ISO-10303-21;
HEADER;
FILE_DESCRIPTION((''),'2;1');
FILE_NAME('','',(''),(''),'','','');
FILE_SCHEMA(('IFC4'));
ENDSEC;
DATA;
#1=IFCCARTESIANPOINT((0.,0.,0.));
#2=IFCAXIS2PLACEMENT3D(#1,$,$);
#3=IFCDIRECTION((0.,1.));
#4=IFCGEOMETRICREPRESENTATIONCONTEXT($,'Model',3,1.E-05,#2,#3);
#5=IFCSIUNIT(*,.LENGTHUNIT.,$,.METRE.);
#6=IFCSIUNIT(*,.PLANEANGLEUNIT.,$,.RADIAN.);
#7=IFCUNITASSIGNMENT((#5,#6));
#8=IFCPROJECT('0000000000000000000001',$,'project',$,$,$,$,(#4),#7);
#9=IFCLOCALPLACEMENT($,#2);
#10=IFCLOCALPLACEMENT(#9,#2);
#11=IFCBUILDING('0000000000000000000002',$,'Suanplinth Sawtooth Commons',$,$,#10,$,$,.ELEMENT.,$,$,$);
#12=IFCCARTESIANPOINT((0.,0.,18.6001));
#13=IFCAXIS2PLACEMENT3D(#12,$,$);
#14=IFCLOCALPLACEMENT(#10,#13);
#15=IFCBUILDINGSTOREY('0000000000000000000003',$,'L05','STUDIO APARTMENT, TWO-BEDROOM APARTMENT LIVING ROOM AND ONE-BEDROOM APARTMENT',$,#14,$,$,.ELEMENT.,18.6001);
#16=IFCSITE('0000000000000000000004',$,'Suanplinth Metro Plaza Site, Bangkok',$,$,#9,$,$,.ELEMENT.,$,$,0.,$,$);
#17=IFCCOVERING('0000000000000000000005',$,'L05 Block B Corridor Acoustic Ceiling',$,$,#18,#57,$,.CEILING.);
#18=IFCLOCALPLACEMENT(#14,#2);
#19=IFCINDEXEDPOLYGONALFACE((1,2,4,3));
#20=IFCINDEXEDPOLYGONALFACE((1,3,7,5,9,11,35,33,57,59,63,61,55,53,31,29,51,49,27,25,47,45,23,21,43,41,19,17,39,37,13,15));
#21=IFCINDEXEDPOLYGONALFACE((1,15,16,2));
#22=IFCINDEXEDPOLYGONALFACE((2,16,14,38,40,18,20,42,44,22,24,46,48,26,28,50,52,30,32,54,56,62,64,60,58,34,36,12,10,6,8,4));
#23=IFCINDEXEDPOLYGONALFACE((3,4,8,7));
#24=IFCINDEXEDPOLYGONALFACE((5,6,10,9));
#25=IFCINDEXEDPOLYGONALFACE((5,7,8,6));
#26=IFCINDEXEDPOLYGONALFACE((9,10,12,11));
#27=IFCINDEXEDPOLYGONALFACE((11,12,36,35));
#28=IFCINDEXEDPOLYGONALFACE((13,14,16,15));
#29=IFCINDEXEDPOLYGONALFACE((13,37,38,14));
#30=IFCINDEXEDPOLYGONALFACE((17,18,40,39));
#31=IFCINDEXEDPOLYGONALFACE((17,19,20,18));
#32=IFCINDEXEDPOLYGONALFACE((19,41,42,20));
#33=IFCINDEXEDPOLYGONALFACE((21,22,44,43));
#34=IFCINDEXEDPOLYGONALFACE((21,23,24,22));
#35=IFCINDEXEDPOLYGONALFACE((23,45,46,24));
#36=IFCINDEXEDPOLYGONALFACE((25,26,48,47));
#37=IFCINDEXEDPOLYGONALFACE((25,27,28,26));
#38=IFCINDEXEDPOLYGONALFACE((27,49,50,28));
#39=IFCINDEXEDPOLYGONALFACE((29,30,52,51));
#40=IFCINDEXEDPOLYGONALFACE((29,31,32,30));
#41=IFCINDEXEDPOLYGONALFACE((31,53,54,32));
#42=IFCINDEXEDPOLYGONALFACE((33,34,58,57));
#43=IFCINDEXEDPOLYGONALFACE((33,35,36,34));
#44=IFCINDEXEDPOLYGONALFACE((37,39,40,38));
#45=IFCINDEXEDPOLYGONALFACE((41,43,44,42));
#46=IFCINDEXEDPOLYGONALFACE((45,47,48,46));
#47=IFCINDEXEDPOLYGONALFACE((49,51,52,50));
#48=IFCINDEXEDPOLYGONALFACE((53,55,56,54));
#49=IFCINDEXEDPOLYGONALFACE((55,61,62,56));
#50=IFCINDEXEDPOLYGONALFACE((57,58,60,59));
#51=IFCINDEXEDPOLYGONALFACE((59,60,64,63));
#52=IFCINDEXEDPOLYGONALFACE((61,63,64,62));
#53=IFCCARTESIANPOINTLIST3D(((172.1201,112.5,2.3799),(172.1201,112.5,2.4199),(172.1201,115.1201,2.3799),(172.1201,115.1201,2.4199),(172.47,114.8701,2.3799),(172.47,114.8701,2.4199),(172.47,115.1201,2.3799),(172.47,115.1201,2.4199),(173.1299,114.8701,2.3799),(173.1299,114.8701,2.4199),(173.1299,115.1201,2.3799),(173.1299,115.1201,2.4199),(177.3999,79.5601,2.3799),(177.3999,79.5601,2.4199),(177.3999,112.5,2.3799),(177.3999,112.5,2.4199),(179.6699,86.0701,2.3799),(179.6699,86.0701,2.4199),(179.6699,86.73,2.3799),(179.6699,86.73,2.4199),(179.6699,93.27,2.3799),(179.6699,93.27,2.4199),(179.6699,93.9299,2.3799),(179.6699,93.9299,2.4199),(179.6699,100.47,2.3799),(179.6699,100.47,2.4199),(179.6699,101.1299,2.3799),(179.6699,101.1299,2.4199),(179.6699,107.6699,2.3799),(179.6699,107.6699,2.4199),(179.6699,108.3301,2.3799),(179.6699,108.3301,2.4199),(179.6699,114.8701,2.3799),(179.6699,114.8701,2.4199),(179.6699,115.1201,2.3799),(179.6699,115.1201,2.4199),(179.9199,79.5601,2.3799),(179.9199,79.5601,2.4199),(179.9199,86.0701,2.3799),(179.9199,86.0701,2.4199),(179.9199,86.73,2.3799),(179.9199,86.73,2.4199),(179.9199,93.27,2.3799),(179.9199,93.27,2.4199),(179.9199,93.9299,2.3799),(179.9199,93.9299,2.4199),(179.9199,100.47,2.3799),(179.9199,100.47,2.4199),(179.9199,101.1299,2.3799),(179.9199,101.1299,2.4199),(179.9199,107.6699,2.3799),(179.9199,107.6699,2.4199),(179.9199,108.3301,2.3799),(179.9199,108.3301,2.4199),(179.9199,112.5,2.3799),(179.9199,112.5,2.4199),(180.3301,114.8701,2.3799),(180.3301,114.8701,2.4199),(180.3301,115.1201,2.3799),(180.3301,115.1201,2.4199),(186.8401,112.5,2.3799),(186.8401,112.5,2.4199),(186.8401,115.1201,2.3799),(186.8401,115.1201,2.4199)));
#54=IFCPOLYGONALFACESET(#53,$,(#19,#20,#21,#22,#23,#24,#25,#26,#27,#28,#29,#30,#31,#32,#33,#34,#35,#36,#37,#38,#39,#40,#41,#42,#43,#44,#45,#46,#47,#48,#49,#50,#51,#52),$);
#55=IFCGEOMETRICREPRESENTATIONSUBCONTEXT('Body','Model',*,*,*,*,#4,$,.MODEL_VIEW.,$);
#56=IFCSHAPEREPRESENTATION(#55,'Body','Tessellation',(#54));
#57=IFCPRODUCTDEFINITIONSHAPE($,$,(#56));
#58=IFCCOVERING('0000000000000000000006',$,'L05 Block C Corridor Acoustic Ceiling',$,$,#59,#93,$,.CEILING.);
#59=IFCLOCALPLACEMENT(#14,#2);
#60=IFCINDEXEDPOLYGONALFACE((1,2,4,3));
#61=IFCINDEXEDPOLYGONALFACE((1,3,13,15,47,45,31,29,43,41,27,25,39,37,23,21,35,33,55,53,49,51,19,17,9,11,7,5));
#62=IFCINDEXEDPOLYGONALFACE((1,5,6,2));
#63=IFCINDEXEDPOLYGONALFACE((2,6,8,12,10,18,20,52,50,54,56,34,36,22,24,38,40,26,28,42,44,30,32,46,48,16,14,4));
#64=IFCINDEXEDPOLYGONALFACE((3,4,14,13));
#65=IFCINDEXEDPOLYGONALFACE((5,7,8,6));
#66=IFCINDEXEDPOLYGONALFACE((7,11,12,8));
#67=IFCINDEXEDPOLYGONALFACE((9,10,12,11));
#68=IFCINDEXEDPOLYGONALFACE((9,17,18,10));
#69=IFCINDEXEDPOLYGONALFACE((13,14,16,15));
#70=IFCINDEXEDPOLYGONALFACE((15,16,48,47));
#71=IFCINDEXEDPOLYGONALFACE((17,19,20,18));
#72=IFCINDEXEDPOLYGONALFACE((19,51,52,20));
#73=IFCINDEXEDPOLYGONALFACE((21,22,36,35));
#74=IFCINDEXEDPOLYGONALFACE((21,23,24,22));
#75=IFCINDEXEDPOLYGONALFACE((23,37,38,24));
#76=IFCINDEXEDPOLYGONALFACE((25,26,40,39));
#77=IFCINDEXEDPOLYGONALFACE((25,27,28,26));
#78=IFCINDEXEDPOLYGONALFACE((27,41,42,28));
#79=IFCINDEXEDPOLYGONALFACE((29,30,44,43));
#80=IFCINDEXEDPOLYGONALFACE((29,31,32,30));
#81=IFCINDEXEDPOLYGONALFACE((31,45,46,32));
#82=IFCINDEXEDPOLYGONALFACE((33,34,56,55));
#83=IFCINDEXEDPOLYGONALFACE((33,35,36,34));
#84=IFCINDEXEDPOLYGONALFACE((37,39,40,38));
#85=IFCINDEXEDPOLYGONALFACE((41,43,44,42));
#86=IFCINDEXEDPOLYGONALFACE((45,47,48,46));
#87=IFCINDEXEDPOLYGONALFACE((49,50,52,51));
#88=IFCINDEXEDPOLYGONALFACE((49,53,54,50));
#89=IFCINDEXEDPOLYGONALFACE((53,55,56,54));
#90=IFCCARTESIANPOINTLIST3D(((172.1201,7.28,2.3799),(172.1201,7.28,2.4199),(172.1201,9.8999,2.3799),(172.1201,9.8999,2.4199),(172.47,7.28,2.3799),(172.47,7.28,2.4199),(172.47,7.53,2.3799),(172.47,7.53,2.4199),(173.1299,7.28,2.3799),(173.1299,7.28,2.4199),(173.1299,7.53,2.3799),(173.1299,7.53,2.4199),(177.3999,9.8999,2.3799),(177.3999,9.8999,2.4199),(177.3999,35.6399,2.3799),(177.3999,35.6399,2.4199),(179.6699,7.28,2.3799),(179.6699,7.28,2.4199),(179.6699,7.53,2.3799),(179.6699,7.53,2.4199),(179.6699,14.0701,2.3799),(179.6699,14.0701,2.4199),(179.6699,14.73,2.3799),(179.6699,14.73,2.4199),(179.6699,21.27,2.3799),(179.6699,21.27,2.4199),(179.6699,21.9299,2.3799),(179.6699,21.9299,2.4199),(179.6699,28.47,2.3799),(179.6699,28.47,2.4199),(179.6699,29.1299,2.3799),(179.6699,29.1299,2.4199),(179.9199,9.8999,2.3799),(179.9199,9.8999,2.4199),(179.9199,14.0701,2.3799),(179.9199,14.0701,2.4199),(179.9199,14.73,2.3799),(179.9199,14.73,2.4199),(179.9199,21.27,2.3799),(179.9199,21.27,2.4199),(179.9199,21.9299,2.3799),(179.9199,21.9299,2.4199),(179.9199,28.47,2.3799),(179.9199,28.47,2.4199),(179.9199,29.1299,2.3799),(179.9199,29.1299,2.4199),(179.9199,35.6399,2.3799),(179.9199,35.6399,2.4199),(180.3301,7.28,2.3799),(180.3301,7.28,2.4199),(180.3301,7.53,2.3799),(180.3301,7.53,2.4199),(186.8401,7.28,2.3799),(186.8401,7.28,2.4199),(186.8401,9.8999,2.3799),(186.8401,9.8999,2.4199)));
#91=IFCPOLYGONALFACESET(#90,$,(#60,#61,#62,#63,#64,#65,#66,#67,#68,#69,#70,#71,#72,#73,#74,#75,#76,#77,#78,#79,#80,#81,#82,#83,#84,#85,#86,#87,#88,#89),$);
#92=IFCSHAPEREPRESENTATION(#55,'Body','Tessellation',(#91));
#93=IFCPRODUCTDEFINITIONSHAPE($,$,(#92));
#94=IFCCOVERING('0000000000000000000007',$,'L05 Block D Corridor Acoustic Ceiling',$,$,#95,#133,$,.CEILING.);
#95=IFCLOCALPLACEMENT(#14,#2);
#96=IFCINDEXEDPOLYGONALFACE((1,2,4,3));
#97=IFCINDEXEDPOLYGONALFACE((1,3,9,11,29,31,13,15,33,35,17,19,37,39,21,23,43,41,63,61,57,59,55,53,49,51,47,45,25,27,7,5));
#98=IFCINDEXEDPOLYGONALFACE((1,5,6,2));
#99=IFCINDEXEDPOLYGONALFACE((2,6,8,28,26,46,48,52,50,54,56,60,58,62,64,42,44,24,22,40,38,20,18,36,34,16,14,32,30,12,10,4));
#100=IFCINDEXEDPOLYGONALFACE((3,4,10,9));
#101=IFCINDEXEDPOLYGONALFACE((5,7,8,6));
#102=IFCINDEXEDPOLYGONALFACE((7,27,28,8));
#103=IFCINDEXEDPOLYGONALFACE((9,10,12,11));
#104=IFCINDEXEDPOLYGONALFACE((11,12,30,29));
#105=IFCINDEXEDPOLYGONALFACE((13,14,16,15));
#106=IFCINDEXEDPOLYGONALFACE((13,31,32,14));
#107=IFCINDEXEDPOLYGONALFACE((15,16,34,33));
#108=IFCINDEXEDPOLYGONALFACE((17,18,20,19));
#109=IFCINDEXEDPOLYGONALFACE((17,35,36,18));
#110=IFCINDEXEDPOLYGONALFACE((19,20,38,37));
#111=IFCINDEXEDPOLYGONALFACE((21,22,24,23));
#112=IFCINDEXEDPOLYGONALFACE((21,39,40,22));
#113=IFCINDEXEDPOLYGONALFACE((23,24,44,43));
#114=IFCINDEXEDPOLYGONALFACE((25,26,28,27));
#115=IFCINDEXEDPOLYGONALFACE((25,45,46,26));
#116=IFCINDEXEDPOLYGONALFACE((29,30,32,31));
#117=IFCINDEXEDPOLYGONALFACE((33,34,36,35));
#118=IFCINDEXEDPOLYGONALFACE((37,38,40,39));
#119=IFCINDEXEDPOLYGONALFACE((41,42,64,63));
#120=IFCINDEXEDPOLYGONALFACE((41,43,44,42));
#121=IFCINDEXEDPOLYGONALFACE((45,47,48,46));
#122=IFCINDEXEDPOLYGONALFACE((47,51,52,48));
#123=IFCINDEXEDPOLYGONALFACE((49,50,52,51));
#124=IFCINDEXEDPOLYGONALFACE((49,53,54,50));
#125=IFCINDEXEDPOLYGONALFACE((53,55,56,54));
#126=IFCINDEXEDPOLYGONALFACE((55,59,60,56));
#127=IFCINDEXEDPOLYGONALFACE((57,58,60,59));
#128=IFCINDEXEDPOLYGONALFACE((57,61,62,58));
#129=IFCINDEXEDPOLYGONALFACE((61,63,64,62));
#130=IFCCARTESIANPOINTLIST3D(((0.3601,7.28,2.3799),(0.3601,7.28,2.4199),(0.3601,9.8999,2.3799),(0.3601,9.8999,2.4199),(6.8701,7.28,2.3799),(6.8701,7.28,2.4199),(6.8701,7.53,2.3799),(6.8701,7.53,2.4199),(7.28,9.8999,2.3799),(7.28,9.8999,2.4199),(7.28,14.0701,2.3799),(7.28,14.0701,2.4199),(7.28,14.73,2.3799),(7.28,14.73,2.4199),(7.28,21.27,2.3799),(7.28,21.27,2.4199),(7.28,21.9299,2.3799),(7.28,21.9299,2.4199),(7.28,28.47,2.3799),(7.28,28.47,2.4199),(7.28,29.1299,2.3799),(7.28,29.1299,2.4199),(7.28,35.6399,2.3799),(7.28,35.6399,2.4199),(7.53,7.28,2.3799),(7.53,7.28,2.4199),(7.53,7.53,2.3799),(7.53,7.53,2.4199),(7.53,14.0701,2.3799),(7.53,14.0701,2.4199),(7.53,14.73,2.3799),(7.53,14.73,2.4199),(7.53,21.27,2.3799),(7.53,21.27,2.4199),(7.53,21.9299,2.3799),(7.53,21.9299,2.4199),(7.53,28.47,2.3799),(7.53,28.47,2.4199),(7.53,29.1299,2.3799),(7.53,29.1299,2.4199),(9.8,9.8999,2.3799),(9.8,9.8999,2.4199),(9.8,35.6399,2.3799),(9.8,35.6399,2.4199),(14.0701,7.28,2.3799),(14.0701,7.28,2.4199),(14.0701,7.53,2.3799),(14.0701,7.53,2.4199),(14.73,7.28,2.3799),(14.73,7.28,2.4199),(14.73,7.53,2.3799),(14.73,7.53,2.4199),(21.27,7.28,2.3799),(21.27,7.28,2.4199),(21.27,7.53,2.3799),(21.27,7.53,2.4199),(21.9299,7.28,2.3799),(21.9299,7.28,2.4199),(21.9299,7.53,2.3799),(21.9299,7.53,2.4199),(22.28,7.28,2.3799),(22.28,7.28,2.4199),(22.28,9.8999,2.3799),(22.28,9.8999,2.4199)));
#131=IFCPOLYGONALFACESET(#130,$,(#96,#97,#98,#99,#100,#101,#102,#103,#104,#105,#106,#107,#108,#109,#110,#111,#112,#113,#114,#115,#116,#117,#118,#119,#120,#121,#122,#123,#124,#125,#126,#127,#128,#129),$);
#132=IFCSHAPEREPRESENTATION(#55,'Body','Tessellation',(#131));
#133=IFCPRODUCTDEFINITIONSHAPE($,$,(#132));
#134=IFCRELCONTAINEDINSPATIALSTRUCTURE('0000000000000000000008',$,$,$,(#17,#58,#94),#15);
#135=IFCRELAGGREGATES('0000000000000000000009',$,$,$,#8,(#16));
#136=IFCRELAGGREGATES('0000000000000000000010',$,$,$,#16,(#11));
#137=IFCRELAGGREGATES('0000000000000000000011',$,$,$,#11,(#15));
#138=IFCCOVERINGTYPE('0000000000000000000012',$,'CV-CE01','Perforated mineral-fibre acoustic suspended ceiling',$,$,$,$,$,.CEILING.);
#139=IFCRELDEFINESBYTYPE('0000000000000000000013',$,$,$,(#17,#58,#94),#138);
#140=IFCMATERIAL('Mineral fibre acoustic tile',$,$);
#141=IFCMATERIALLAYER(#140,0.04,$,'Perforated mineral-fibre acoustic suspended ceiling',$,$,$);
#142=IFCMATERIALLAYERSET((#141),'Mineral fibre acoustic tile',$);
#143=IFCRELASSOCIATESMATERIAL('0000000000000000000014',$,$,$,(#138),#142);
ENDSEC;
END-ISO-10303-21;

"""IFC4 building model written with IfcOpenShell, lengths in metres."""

from ifc_helpers import new_model, si_unit, direction, frame, origin, place, context, subcontext, project, spatial, polyline, outline, extrude, material, layer, layer_set, type_object, element, save


model = new_model("IFC4")

# Units and contexts
model_context = context("Model", 3, precision=1e-05, world=origin(), true_north=direction((0.0, 1.0)))
body_context = subcontext(model_context, "Body", "Model", "MODEL_VIEW")
ifc_project = project(units=[si_unit("LENGTHUNIT", "METRE"), si_unit("PLANEANGLEUNIT", "RADIAN")], contexts=[model_context])

# Site, building, storey
site_placement = place(None, origin())
site = spatial("IfcSite", under=ifc_project, at=site_placement, Name="Suanplinth Metro Plaza Site, Bangkok", CompositionType="ELEMENT", RefElevation=0.0)
building_placement = place(site_placement, origin())
building = spatial("IfcBuilding", under=site, at=building_placement, Name="Suanplinth Sawtooth Commons", CompositionType="ELEMENT")
storey_placement = place(building_placement, frame((0.0, 0.0, 18.6001)))
storey = spatial("IfcBuildingStorey", under=building, at=storey_placement, Name="L05", Description="STUDIO APARTMENT, TWO-BEDROOM APARTMENT LIVING ROOM AND ONE-BEDROOM APARTMENT", CompositionType="ELEMENT", Elevation=18.6001)

# Coverings
ifc_material_1 = material(Name="Mineral fibre acoustic tile")
ifc_layer_1 = layer(ifc_material_1, 0.04, Name="Perforated mineral-fibre acoustic suspended ceiling")
ifc_layer_set_1 = layer_set([ifc_layer_1], Name="Mineral fibre acoustic tile")
covering_type = type_object("IfcCoveringType", Name="CV-CE01", Description="Perforated mineral-fibre acoustic suspended ceiling", PredefinedType="CEILING", material=ifc_layer_set_1)
covering_1_placement = place(storey_placement, frame((0.0, 0.0, 2.3799)))
element("IfcCovering", 1, at=covering_1_placement, inside=storey, type_object=covering_type, Name="L05 Block B Corridor Acoustic Ceiling", PredefinedType="CEILING", context=body_context, shape_type="SweptSolid", body=[
    extrude(outline(polyline([(172.47, 115.1201), (172.47, 114.8701), (173.1299, 114.8701), (173.1299, 115.1201), (179.6699, 115.1201), (179.6699, 114.8701), (180.3301, 114.8701), (180.3301, 115.1201), (186.8401, 115.1201), (186.8401, 112.5), (179.9199, 112.5), (179.9199, 108.3301), (179.6699, 108.3301), (179.6699, 107.6699), (179.9199, 107.6699), (179.9199, 101.1299), (179.6699, 101.1299), (179.6699, 100.47), (179.9199, 100.47), (179.9199, 93.9299), (179.6699, 93.9299), (179.6699, 93.27), (179.9199, 93.27), (179.9199, 86.73), (179.6699, 86.73), (179.6699, 86.0701), (179.9199, 86.0701), (179.9199, 79.5601), (177.3999, 79.5601), (177.3999, 112.5), (172.1201, 112.5), (172.1201, 115.1201), (172.47, 115.1201)])), origin(), (0.0, 0.0, 1.0), 0.04),
])
covering_2_placement = place(storey_placement, frame((0.0, 0.0, 2.3799)))
element("IfcCovering", 2, at=covering_2_placement, inside=storey, type_object=covering_type, Name="L05 Block C Corridor Acoustic Ceiling", PredefinedType="CEILING", context=body_context, shape_type="SweptSolid", body=[
    extrude(outline(polyline([(172.1201, 9.8999), (177.3999, 9.8999), (177.3999, 35.6399), (179.9199, 35.6399), (179.9199, 29.1299), (179.6699, 29.1299), (179.6699, 28.47), (179.9199, 28.47), (179.9199, 21.9299), (179.6699, 21.9299), (179.6699, 21.27), (179.9199, 21.27), (179.9199, 14.73), (179.6699, 14.73), (179.6699, 14.0701), (179.9199, 14.0701), (179.9199, 9.8999), (186.8401, 9.8999), (186.8401, 7.28), (180.3301, 7.28), (180.3301, 7.53), (179.6699, 7.53), (179.6699, 7.28), (173.1299, 7.28), (173.1299, 7.53), (172.47, 7.53), (172.47, 7.28), (172.1201, 7.28), (172.1201, 9.8999)])), origin(), (0.0, 0.0, 1.0), 0.04),
])
covering_3_placement = place(storey_placement, frame((0.0, 0.0, 2.3799)))
element("IfcCovering", 3, at=covering_3_placement, inside=storey, type_object=covering_type, Name="L05 Block D Corridor Acoustic Ceiling", PredefinedType="CEILING", context=body_context, shape_type="SweptSolid", body=[
    extrude(outline(polyline([(0.3601, 9.8999), (7.28, 9.8999), (7.28, 14.0701), (7.53, 14.0701), (7.53, 14.73), (7.28, 14.73), (7.28, 21.27), (7.53, 21.27), (7.53, 21.9299), (7.28, 21.9299), (7.28, 28.47), (7.53, 28.47), (7.53, 29.1299), (7.28, 29.1299), (7.28, 35.6399), (9.8, 35.6399), (9.8, 9.8999), (22.28, 9.8999), (22.28, 7.28), (21.9299, 7.28), (21.9299, 7.53), (21.27, 7.53), (21.27, 7.28), (14.73, 7.28), (14.73, 7.53), (14.0701, 7.53), (14.0701, 7.28), (7.53, 7.28), (7.53, 7.53), (6.8701, 7.53), (6.8701, 7.28), (0.3601, 7.28), (0.3601, 9.8999)])), origin(), (0.0, 0.0, 1.0), 0.04),
])

save(model, "model.ifc")
